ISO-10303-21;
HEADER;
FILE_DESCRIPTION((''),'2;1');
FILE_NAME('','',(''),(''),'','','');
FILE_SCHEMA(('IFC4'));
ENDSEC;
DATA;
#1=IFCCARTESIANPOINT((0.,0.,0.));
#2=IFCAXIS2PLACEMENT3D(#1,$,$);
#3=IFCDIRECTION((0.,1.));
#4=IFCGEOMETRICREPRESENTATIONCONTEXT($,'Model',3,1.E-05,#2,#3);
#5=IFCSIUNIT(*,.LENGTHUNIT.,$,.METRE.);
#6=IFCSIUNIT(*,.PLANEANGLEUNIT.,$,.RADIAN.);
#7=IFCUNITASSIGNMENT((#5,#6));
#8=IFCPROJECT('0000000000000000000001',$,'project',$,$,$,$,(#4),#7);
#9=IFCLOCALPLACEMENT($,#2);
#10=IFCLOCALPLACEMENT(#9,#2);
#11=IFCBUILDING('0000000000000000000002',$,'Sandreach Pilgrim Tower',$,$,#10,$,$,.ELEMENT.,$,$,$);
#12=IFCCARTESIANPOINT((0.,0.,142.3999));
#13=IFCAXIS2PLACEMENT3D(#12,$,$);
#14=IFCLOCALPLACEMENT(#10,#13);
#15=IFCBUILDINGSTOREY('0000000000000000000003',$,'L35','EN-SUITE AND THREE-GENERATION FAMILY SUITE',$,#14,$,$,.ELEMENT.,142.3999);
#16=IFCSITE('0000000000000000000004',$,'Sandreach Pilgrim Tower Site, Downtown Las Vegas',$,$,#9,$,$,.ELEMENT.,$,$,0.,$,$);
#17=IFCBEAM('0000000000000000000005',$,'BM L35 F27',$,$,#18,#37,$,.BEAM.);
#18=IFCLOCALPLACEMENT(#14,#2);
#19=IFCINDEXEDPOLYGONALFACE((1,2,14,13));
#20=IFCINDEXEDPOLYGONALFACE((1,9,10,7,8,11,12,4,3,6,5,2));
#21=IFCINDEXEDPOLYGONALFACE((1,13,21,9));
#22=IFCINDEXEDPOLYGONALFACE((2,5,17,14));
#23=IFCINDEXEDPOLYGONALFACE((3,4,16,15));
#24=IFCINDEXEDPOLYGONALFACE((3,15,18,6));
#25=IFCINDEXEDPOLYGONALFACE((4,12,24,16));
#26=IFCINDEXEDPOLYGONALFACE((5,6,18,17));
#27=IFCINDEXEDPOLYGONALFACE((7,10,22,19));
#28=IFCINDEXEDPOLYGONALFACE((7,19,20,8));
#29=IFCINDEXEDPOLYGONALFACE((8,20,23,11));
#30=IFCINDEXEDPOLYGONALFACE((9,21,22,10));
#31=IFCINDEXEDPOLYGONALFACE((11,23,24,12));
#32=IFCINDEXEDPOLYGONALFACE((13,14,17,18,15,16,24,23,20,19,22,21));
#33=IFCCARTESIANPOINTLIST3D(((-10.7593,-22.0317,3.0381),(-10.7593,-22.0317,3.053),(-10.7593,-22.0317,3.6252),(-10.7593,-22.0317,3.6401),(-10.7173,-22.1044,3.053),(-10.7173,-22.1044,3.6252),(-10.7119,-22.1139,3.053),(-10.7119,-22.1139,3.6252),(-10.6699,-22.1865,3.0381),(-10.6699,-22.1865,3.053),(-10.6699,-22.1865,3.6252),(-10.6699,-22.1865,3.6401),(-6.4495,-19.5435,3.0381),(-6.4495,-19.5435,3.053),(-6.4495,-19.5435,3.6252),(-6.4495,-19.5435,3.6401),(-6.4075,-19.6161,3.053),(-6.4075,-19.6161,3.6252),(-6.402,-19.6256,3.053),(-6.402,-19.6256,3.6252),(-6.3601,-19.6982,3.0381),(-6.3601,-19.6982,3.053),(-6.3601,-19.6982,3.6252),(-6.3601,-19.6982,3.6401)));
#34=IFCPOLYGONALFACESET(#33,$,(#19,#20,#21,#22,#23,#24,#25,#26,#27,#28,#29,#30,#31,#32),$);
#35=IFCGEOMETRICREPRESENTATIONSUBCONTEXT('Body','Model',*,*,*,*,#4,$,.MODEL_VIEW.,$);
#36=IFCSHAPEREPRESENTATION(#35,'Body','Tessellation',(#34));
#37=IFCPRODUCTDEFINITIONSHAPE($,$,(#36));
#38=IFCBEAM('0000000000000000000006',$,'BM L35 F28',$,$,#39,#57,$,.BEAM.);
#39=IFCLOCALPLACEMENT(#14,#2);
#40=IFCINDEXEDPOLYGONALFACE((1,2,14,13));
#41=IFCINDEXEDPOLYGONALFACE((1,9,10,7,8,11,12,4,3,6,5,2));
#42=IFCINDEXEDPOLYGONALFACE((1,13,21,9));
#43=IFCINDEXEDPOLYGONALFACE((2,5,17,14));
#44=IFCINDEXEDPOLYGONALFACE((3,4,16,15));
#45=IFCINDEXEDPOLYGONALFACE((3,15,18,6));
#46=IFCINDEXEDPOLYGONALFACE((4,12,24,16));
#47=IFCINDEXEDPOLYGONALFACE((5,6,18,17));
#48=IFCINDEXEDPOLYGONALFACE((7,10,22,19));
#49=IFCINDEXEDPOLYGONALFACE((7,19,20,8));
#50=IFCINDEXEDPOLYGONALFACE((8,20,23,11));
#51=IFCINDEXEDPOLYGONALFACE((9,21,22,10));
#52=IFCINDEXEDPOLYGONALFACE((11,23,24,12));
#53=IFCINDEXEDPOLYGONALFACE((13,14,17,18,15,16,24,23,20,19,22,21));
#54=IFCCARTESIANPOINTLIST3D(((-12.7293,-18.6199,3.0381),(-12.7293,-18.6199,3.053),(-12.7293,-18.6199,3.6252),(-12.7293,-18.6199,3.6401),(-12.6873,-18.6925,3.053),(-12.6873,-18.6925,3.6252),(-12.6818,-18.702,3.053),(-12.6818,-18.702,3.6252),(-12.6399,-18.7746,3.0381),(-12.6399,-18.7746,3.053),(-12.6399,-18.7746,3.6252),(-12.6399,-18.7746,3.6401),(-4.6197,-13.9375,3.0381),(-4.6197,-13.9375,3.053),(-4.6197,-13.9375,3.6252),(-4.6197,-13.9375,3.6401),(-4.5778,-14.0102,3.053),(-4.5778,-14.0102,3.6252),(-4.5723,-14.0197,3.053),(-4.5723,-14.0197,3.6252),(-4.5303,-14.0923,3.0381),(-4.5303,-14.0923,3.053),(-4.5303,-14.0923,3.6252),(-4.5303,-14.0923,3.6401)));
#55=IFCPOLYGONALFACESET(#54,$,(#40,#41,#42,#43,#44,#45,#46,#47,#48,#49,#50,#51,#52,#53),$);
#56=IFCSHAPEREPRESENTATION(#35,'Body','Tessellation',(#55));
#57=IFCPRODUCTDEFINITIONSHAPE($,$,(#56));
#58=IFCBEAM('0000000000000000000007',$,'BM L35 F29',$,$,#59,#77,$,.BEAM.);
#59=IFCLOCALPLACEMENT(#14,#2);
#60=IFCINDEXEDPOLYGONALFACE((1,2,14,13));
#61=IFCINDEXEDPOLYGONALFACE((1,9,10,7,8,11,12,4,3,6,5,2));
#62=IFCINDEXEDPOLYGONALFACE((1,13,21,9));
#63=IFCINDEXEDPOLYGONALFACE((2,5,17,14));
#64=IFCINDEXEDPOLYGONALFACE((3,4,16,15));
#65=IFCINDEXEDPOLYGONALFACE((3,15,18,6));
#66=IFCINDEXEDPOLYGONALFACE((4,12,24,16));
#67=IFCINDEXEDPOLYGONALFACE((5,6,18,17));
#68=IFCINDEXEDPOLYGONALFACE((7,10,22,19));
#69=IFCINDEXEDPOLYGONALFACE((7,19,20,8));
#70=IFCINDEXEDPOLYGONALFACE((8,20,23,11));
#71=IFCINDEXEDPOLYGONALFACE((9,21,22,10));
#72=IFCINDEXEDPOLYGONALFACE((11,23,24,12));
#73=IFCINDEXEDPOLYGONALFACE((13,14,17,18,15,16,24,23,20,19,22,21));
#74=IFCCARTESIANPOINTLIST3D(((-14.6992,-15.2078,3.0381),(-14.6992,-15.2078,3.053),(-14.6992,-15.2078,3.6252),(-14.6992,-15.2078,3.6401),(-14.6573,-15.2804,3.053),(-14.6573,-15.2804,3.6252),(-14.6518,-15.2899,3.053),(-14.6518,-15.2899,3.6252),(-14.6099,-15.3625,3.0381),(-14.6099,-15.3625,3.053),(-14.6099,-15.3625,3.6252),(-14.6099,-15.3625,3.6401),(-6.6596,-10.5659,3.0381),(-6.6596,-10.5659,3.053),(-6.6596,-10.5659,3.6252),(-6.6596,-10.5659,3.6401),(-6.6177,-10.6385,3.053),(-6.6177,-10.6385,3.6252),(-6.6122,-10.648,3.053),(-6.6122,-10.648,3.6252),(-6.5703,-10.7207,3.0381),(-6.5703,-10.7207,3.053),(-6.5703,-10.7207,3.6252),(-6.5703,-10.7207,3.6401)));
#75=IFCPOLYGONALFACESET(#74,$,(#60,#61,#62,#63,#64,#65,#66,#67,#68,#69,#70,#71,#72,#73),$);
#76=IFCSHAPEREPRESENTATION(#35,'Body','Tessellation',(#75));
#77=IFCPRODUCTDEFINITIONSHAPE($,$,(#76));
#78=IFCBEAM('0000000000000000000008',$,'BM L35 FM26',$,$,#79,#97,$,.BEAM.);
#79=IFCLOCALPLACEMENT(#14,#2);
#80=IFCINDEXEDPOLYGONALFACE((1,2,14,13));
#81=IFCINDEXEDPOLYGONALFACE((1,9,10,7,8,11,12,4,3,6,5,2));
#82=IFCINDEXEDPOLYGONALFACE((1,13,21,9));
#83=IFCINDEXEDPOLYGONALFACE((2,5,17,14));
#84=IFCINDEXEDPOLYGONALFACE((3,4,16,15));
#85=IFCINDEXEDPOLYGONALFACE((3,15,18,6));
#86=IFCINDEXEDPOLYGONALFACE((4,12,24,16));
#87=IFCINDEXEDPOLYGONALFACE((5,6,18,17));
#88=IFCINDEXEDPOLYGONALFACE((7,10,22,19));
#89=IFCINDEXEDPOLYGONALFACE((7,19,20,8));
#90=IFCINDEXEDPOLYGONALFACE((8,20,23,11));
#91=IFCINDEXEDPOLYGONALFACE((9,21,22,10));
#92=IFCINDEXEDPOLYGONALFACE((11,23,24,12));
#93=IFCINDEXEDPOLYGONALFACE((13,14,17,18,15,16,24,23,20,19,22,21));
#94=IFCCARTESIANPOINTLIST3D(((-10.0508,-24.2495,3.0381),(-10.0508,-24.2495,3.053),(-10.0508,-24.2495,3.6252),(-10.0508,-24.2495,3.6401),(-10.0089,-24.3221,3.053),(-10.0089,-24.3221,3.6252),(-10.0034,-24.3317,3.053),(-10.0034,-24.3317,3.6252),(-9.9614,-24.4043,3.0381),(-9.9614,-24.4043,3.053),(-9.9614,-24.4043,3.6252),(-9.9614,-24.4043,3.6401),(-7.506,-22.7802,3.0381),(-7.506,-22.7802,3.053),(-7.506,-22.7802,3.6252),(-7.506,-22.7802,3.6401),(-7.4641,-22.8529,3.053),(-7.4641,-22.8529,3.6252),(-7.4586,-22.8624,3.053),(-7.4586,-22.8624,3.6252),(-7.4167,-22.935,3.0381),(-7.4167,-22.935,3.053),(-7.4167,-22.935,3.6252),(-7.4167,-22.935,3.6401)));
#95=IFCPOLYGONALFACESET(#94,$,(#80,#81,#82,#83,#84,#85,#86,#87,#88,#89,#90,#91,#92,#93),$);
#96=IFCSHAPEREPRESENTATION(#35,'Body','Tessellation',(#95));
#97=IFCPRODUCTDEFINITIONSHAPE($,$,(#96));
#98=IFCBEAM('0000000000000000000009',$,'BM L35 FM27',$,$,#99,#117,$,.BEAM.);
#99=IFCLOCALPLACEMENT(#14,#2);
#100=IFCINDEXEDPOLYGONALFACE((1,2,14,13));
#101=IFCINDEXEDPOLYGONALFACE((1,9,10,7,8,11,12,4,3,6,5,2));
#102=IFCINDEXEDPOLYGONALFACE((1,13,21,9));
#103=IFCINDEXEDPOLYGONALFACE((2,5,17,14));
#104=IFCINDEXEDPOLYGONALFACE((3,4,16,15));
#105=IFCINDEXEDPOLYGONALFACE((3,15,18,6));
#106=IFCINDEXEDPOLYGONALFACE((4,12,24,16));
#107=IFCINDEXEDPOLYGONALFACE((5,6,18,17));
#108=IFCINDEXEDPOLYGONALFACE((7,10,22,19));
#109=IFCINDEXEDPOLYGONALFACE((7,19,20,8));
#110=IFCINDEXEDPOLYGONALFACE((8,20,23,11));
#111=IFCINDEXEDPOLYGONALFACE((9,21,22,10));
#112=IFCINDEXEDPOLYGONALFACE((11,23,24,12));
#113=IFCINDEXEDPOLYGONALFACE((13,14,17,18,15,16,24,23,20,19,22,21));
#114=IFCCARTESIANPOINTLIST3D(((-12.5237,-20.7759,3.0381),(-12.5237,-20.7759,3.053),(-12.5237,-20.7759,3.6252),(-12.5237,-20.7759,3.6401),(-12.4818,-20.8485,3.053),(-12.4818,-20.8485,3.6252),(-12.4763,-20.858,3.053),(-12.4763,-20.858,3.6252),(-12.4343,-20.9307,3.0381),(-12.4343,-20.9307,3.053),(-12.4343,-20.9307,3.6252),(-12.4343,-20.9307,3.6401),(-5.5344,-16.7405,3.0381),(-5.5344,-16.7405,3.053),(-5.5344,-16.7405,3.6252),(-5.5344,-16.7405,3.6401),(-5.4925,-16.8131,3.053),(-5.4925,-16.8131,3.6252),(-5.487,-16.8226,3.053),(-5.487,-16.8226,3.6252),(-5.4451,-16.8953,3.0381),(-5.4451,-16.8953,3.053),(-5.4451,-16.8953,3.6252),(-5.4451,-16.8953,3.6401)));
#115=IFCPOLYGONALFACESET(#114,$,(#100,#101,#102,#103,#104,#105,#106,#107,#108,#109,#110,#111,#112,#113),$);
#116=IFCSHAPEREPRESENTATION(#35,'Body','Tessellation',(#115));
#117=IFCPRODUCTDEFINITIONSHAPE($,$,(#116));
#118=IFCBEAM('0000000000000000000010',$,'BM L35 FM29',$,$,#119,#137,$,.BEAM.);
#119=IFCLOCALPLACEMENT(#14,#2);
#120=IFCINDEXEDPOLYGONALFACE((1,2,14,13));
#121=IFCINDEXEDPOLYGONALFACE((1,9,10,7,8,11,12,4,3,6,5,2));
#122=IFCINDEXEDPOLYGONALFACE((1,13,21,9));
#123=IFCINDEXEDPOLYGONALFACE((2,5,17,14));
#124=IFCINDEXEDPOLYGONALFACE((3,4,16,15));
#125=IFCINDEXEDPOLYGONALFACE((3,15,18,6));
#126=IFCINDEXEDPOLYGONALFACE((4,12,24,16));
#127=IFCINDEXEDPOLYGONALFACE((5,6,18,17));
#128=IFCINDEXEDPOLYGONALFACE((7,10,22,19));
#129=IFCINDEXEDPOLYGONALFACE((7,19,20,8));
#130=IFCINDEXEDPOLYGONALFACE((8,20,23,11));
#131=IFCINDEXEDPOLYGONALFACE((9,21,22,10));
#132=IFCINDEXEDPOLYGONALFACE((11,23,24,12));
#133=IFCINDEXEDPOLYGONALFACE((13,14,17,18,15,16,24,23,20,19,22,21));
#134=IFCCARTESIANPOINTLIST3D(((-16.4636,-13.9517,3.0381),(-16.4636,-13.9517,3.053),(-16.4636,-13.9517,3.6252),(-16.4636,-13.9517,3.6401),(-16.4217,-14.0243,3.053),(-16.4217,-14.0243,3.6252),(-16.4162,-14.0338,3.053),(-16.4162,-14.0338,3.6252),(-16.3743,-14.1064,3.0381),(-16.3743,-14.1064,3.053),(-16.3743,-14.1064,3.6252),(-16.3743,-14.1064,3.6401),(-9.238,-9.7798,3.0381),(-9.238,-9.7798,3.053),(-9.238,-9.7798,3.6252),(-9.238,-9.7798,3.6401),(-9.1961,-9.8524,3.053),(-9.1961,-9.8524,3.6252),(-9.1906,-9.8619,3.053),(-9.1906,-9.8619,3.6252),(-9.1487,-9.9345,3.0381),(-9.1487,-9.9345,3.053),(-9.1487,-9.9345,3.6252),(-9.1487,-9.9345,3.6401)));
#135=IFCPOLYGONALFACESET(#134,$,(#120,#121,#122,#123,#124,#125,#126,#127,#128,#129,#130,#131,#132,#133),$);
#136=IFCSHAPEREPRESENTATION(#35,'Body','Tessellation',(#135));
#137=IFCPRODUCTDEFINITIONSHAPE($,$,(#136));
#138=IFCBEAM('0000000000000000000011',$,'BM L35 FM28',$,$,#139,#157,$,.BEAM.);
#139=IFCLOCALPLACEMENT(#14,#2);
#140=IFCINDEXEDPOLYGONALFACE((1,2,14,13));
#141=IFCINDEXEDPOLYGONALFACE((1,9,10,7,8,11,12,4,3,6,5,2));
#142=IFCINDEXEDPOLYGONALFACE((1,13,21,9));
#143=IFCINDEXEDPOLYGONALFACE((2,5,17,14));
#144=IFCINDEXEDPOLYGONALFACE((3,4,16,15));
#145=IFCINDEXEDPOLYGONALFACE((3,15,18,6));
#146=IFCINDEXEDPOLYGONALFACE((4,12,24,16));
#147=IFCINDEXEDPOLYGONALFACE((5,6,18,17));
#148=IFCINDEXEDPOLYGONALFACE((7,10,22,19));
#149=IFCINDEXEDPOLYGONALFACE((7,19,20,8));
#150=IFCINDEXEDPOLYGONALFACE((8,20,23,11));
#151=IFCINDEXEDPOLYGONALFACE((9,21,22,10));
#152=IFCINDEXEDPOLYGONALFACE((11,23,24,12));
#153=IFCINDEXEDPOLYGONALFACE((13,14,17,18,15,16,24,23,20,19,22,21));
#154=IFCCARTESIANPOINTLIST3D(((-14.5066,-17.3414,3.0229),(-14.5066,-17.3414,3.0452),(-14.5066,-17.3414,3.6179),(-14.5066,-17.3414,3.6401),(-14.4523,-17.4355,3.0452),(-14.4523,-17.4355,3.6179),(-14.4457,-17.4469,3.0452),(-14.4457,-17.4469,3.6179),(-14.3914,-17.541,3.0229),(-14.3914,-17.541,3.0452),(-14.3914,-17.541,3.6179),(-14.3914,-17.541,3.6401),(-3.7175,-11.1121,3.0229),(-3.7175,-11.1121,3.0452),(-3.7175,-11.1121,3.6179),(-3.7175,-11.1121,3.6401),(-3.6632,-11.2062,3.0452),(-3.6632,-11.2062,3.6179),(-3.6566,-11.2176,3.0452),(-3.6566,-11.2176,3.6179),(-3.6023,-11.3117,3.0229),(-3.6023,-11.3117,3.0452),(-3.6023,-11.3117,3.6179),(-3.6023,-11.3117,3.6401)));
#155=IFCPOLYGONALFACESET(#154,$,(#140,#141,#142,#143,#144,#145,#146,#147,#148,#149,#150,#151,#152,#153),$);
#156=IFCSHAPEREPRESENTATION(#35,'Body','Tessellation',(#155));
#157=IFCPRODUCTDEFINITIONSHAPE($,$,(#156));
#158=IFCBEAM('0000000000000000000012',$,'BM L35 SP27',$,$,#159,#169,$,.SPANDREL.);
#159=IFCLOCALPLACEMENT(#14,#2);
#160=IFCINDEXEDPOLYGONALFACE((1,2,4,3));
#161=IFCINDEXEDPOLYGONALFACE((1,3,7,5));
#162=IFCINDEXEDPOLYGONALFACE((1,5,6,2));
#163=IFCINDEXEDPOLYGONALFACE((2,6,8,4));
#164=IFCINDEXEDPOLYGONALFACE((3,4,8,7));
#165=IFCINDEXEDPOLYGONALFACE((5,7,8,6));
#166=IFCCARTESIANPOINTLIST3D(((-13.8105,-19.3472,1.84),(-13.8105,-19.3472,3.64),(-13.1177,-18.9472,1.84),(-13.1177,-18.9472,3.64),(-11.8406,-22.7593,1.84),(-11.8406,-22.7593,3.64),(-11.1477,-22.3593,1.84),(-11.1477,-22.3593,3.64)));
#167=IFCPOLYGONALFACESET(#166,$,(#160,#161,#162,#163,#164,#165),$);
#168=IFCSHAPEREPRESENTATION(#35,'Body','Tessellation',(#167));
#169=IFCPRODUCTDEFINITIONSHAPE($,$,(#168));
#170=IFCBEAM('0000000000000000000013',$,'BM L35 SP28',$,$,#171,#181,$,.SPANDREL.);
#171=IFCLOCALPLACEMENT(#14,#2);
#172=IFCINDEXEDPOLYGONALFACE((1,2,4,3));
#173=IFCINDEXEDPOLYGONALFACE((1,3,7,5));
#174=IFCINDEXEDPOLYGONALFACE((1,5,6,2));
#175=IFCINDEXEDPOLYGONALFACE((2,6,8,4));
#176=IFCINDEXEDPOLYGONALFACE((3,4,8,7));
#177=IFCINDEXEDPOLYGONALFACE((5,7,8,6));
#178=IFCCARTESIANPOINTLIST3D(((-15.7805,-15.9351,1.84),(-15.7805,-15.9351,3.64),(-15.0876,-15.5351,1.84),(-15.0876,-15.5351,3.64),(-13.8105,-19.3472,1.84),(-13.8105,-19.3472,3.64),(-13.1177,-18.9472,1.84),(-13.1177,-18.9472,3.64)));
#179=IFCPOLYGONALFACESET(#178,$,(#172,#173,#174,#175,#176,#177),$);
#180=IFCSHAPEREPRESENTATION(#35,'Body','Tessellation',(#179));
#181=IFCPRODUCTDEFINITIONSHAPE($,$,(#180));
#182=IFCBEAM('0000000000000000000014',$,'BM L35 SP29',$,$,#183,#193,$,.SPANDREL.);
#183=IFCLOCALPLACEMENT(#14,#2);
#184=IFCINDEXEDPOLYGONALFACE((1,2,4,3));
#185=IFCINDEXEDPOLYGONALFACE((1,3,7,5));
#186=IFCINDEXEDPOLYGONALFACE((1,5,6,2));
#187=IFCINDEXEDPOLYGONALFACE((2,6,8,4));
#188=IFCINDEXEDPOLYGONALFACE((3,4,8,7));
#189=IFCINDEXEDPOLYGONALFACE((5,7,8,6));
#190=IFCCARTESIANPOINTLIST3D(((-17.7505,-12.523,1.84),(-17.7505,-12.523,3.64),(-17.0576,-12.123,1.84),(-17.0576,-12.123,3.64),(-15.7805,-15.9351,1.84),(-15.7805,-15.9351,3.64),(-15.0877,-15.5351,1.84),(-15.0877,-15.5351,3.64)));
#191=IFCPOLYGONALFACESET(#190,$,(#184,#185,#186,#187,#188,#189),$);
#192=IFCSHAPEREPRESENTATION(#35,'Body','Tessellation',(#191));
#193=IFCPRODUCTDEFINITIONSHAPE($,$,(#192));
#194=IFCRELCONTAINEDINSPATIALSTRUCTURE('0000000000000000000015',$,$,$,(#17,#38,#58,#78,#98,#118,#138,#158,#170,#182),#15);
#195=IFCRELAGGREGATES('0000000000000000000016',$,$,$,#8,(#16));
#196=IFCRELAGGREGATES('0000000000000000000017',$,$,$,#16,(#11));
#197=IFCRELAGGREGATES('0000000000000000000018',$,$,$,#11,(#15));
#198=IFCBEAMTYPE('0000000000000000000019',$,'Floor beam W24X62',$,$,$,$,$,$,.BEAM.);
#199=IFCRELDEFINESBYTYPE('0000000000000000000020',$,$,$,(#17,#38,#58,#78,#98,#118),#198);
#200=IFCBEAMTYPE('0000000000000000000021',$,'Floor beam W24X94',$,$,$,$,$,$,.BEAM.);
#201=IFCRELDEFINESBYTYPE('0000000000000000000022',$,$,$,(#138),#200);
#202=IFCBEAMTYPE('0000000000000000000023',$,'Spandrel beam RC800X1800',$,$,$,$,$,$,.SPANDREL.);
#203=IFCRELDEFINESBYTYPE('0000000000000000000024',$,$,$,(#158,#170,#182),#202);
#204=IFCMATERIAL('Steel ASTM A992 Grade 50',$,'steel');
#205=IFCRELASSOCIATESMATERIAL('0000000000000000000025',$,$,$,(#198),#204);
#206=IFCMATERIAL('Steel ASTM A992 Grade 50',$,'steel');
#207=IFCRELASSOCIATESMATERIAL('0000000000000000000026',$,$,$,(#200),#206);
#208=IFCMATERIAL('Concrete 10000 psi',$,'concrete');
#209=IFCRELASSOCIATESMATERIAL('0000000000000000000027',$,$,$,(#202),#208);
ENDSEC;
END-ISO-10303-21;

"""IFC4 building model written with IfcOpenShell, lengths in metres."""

from ifc_helpers import new_model, si_unit, direction, frame, origin, origin_2d, place, context, subcontext, project, spatial, rectangle, i_section, extrude, material, material_profile, profile_set, type_object, element, save


model = new_model("IFC4")

# Units and contexts
model_context = context("Model", 3, precision=1e-05, world=origin(), true_north=direction((0.0, 1.0)))
body_context = subcontext(model_context, "Body", "Model", "MODEL_VIEW")
ifc_project = project(units=[si_unit("LENGTHUNIT", "METRE"), si_unit("PLANEANGLEUNIT", "RADIAN")], contexts=[model_context])

# Site, building, storey
site_placement = place(None, origin())
site = spatial("IfcSite", under=ifc_project, at=site_placement, Name="Sandreach Pilgrim Tower Site, Downtown Las Vegas", CompositionType="ELEMENT", RefElevation=0.0)
building_placement = place(site_placement, origin())
building = spatial("IfcBuilding", under=site, at=building_placement, Name="Sandreach Pilgrim Tower", CompositionType="ELEMENT")
storey_placement = place(building_placement, frame((0.0, 0.0, 142.3999)))
storey = spatial("IfcBuildingStorey", under=building, at=storey_placement, Name="L35", Description="EN-SUITE AND THREE-GENERATION FAMILY SUITE", CompositionType="ELEMENT", Elevation=142.3999)

# Beams
ifc_material_1 = material(Name="Steel ASTM A992 Grade 50", Category="steel")
ifc_material_profile_1 = material_profile(ifc_material_1, i_section(OverallWidth=0.1787, OverallDepth=0.6021, WebThickness=0.011, FlangeThickness=0.0149, at=origin_2d()), Name="W24X62")
ifc_profile_set_1 = profile_set([ifc_material_profile_1], Name="Steel ASTM A992 Grade 50")
beam_type_1 = type_object("IfcBeamType", Name="Floor beam W24X62", PredefinedType="BEAM", material=ifc_profile_set_1)
beam_1_placement = place(storey_placement, frame((-10.7146, -22.1091, 3.3391), z_axis=(0.866025, 0.500001, 0.0), x_axis=(-0.500001, 0.866025, 0.0)))
element("IfcBeam", 1, at=beam_1_placement, inside=storey, type_object=beam_type_1, Name="BM L35 F27", PredefinedType="BEAM", context=body_context, shape_type="SweptSolid", body=[
    extrude(i_section(OverallWidth=0.1787, OverallDepth=0.6021, WebThickness=0.011, FlangeThickness=0.0149, at=origin_2d()), origin(), (0.0, 0.0, 1.0), 4.9766),
])
beam_2_placement = place(storey_placement, frame((-12.6846, -18.6973, 3.3391), z_axis=(0.866012, 0.500023, 0.0), x_axis=(-0.500023, 0.866012, 0.0)))
element("IfcBeam", 2, at=beam_2_placement, inside=storey, type_object=beam_type_1, Name="BM L35 F28", PredefinedType="BEAM", context=body_context, shape_type="SweptSolid", body=[
    extrude(i_section(OverallWidth=0.1787, OverallDepth=0.6021, WebThickness=0.011, FlangeThickness=0.0149, at=origin_2d()), origin(), (0.0, 0.0, 1.0), 9.3643),
])
beam_3_placement = place(storey_placement, frame((-14.6545, -15.2852, 3.3391), z_axis=(0.866016, 0.500017, 0.0), x_axis=(-0.500017, 0.866016, 0.0)))
element("IfcBeam", 3, at=beam_3_placement, inside=storey, type_object=beam_type_1, Name="BM L35 F29", PredefinedType="BEAM", context=body_context, shape_type="SweptSolid", body=[
    extrude(i_section(OverallWidth=0.1787, OverallDepth=0.6021, WebThickness=0.011, FlangeThickness=0.0149, at=origin_2d()), origin(), (0.0, 0.0, 1.0), 9.2834),
])
beam_4_placement = place(storey_placement, frame((-10.0061, -24.3269, 3.3391), z_axis=(0.866015, 0.500017, 0.0), x_axis=(-0.500017, 0.866015, 0.0)))
element("IfcBeam", 4, at=beam_4_placement, inside=storey, type_object=beam_type_1, Name="BM L35 FM26", PredefinedType="BEAM", context=body_context, shape_type="SweptSolid", body=[
    extrude(i_section(OverallWidth=0.1787, OverallDepth=0.6021, WebThickness=0.011, FlangeThickness=0.0149, at=origin_2d()), origin(), (0.0, 0.0, 1.0), 2.9385),
])
beam_5_placement = place(storey_placement, frame((-12.479, -20.8533, 3.3391), z_axis=(0.866017, 0.500014, 0.0), x_axis=(-0.500014, 0.866017, 0.0)))
element("IfcBeam", 5, at=beam_5_placement, inside=storey, type_object=beam_type_1, Name="BM L35 FM27", PredefinedType="BEAM", context=body_context, shape_type="SweptSolid", body=[
    extrude(i_section(OverallWidth=0.1787, OverallDepth=0.6021, WebThickness=0.011, FlangeThickness=0.0149, at=origin_2d()), origin(), (0.0, 0.0, 1.0), 8.0706),
])
beam_6_placement = place(storey_placement, frame((-16.4189, -14.0291, 3.3391), z_axis=(0.866016, 0.500016, 0.0), x_axis=(-0.500016, 0.866016, 0.0)))
element("IfcBeam", 6, at=beam_6_placement, inside=storey, type_object=beam_type_1, Name="BM L35 FM29", PredefinedType="BEAM", context=body_context, shape_type="SweptSolid", body=[
    extrude(i_section(OverallWidth=0.1787, OverallDepth=0.6021, WebThickness=0.011, FlangeThickness=0.0149, at=origin_2d()), origin(), (0.0, 0.0, 1.0), 8.3435),
])
ifc_material_2 = material(Name="Steel ASTM A992 Grade 50", Category="steel")
ifc_material_profile_2 = material_profile(ifc_material_2, i_section(OverallWidth=0.2305, OverallDepth=0.6172, WebThickness=0.0132, FlangeThickness=0.0222, at=origin_2d()), Name="W24X94")
ifc_profile_set_2 = profile_set([ifc_material_profile_2], Name="Steel ASTM A992 Grade 50")
beam_type_2 = type_object("IfcBeamType", Name="Floor beam W24X94", PredefinedType="BEAM", material=ifc_profile_set_2)
beam_7_placement = place(storey_placement, frame((-14.449, -17.4412, 3.3315), z_axis=(0.866019, 0.500011, 0.0), x_axis=(-0.500011, 0.866019, 0.0)))
element("IfcBeam", 7, at=beam_7_placement, inside=storey, type_object=beam_type_2, Name="BM L35 FM28", PredefinedType="BEAM", context=body_context, shape_type="SweptSolid", body=[
    extrude(i_section(OverallWidth=0.2305, OverallDepth=0.6172, WebThickness=0.0132, FlangeThickness=0.0222, at=origin_2d()), origin(), (0.0, 0.0, 1.0), 12.4583),
])
ifc_material_3 = material(Name="Concrete 10000 psi", Category="concrete")
ifc_material_profile_3 = material_profile(ifc_material_3, rectangle(XDim=0.8, YDim=1.8, at=origin_2d()), Name="RC800X1800")
ifc_profile_set_3 = profile_set([ifc_material_profile_3], Name="Concrete 10000 psi")
beam_type_3 = type_object("IfcBeamType", Name="Spandrel beam RC800X1800", PredefinedType="SPANDREL", material=ifc_profile_set_3)
for number, where, z_axis, x_axis, name in (
    (8, (-11.4941, -22.5593, 2.74), (-0.499998, 0.866027, 0.0), (-0.866027, -0.499998, 0.0), "BM L35 SP27"),
    (9, (-13.4641, -19.1472, 2.74), (-0.499998, 0.866027, 0.0), (-0.866027, -0.499998, 0.0), "BM L35 SP28"),
    (10, (-15.4341, -15.7351, 2.74), (-0.499998, 0.866027, 0.0), (-0.866027, -0.499998, 0.0), "BM L35 SP29"),
):
    element("IfcBeam", number, at=place(storey_placement, frame(where, z_axis=z_axis, x_axis=x_axis)), inside=storey, type_object=beam_type_3, Name=name, PredefinedType="SPANDREL", context=body_context, shape_type="SweptSolid", body=[
        extrude(rectangle(XDim=0.8, YDim=1.8, at=origin_2d()), origin(), (0.0, 0.0, 1.0), 3.9399),
    ])

save(model, "model.ifc")
